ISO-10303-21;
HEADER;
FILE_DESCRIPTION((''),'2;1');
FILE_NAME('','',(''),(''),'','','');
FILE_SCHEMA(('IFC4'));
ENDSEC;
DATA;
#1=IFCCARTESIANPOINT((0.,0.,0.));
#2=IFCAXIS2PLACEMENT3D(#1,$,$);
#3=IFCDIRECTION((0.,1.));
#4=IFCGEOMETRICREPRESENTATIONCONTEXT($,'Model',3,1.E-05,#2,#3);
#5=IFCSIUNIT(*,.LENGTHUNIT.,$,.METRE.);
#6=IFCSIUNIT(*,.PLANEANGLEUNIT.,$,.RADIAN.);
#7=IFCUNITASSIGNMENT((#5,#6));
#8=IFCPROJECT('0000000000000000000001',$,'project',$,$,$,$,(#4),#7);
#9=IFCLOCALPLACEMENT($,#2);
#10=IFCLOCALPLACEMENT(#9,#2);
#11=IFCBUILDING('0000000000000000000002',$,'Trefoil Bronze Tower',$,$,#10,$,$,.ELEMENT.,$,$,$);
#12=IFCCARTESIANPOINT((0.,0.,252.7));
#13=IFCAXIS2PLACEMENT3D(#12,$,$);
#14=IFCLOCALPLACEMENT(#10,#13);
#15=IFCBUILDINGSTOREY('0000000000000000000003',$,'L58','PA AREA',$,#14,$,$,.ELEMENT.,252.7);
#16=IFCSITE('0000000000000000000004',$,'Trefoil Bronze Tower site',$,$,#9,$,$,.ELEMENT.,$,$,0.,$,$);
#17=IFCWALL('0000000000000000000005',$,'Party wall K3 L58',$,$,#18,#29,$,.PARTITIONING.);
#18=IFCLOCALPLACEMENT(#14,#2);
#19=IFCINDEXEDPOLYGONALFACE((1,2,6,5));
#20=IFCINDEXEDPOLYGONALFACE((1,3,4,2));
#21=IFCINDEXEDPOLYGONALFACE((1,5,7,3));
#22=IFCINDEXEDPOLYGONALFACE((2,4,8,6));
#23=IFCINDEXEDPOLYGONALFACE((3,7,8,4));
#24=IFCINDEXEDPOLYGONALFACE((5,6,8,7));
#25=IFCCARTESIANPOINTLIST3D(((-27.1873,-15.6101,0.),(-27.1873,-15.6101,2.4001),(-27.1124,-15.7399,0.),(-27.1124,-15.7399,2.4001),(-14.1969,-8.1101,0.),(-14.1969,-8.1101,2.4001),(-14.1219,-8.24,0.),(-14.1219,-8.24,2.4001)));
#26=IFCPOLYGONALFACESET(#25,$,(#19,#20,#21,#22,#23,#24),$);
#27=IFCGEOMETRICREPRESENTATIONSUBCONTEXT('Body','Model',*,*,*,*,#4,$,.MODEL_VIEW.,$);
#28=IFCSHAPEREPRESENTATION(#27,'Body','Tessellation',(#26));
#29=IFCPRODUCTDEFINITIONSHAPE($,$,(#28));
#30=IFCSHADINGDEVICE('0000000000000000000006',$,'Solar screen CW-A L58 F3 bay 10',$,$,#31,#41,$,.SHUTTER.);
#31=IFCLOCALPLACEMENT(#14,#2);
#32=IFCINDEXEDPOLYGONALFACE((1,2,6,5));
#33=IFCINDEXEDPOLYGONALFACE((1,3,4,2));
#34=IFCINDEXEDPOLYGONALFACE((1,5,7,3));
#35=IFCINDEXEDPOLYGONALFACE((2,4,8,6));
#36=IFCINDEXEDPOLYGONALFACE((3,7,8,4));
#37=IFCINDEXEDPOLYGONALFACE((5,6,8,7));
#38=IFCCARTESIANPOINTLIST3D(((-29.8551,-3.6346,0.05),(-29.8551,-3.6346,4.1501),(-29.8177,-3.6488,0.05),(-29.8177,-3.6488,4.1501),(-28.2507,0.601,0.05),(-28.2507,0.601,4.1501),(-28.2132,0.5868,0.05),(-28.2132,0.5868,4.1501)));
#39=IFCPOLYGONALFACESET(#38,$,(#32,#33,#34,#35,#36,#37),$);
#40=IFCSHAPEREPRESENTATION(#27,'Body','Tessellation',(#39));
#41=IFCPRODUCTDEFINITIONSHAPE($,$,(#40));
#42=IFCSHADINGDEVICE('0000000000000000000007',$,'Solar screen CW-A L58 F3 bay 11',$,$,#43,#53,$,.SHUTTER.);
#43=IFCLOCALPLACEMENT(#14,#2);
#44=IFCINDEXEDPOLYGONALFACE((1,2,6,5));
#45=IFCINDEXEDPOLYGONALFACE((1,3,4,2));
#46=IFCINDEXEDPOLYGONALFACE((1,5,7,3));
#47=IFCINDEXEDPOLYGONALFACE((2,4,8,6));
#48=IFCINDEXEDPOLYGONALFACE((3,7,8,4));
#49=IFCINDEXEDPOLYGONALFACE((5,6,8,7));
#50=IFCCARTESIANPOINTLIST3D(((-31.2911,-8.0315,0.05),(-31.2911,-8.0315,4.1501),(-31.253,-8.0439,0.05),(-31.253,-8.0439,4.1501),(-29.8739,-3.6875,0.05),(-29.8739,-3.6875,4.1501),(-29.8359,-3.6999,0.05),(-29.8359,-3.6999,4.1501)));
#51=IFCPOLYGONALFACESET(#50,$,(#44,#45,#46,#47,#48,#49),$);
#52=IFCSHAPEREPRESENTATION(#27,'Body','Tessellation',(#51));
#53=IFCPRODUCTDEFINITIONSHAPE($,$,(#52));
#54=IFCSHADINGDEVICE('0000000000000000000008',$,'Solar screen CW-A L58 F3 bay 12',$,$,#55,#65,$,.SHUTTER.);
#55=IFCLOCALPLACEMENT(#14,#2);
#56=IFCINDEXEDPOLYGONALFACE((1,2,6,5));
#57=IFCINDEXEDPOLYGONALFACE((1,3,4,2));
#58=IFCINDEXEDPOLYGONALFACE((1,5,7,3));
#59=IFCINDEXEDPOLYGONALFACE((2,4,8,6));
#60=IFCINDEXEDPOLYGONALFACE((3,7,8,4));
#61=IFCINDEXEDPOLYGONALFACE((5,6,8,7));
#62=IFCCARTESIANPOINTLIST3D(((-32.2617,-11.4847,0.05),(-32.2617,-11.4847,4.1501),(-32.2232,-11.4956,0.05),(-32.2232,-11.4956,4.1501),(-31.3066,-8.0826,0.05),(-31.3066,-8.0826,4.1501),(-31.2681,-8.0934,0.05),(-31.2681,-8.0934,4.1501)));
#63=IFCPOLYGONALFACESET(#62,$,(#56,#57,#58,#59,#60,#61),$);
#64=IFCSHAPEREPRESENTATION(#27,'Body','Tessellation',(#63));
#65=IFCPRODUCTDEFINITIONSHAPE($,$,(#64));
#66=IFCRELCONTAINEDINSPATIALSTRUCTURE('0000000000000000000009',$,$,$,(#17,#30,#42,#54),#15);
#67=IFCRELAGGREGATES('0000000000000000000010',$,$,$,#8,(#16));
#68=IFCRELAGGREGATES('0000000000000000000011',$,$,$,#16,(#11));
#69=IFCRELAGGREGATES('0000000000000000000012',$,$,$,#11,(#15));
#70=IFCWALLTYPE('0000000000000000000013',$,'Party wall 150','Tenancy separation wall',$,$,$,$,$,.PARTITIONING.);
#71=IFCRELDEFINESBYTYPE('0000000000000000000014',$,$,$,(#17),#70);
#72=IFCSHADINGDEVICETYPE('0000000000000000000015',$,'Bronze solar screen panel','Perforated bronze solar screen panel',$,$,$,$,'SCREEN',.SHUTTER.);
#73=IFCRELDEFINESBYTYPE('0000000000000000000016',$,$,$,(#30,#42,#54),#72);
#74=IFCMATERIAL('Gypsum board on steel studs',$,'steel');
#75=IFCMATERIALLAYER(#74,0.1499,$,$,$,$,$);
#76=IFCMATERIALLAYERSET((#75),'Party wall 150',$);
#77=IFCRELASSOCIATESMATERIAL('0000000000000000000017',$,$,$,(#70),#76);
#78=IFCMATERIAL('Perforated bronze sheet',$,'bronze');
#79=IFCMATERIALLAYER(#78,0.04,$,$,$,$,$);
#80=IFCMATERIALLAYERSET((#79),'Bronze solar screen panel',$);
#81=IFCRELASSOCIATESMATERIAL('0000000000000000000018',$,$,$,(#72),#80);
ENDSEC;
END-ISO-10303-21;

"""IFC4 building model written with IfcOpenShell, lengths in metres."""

from ifc_helpers import new_model, si_unit, direction, frame, frame_2d, origin, origin_2d, place, context, subcontext, project, spatial, rectangle, extrude, material, layer, layer_set, type_object, element, save


model = new_model("IFC4")

# Units and contexts
model_context = context("Model", 3, precision=1e-05, world=origin(), true_north=direction((0.0, 1.0)))
body_context = subcontext(model_context, "Body", "Model", "MODEL_VIEW")
ifc_project = project(units=[si_unit("LENGTHUNIT", "METRE"), si_unit("PLANEANGLEUNIT", "RADIAN")], contexts=[model_context])

# Site, building, storey
site_placement = place(None, origin())
site = spatial("IfcSite", under=ifc_project, at=site_placement, Name="Trefoil Bronze Tower site", CompositionType="ELEMENT", RefElevation=0.0)
building_placement = place(site_placement, origin())
building = spatial("IfcBuilding", under=site, at=building_placement, Name="Trefoil Bronze Tower", CompositionType="ELEMENT")
storey_placement = place(building_placement, frame((0.0, 0.0, 252.7)))
storey = spatial("IfcBuildingStorey", under=building, at=storey_placement, Name="L58", Description="PA AREA", CompositionType="ELEMENT", Elevation=252.7)

# Wall
ifc_material_1 = material(Name="Gypsum board on steel studs", Category="steel")
ifc_layer_1 = layer(ifc_material_1, 0.1499)
ifc_layer_set_1 = layer_set([ifc_layer_1], Name="Party wall 150")
wall_type_1 = type_object("IfcWallType", Name="Party wall 150", Description="Tenancy separation wall", PredefinedType="PARTITIONING", material=ifc_layer_set_1)
wall_1_placement = place(storey_placement, frame((-14.1594, -8.175, 0.0), z_axis=(0.0, 0.0, 1.0), x_axis=(-0.866027, -0.499997, 0.0)))
element("IfcWall", 1, at=wall_1_placement, inside=storey, type_object=wall_type_1, Name="Party wall K3 L58", PredefinedType="PARTITIONING", context=body_context, shape_type="SweptSolid", body=[
    extrude(rectangle(XDim=15.0, YDim=0.1499, at=frame_2d((7.5, 0.0))), origin(), (0.0, 0.0, 1.0), 2.4001),
])

# Shading devices
ifc_material_2 = material(Name="Perforated bronze sheet", Category="bronze")
ifc_layer_2 = layer(ifc_material_2, 0.04)
ifc_layer_set_2 = layer_set([ifc_layer_2], Name="Bronze solar screen panel")
shading_device_type = type_object("IfcShadingDeviceType", Name="Bronze solar screen panel", Description="Perforated bronze solar screen panel", ElementType="SCREEN", PredefinedType="SHUTTER", material=ifc_layer_set_2)
shading_device_1_placement = place(storey_placement, frame((-29.0342, -1.5239, 0.05), z_axis=(0.0, 0.0, 1.0), x_axis=(-0.354234, -0.935157, 0.0)))
element("IfcShadingDevice", 2, at=shading_device_1_placement, inside=storey, type_object=shading_device_type, Name="Solar screen CW-A L58 F3 bay 10", PredefinedType="SHUTTER", context=body_context, shape_type="SweptSolid", body=[
    extrude(rectangle(XDim=4.5293, YDim=0.04, at=origin_2d()), origin(), (0.0, 0.0, 1.0), 4.1001),
])
shading_device_2_placement = place(storey_placement, frame((-30.5635, -5.8657, 0.05), z_axis=(0.0, 0.0, 1.0), x_axis=(-0.310149, -0.950688, 0.0)))
element("IfcShadingDevice", 3, at=shading_device_2_placement, inside=storey, type_object=shading_device_type, Name="Solar screen CW-A L58 F3 bay 11", PredefinedType="SHUTTER", context=body_context, shape_type="SweptSolid", body=[
    extrude(rectangle(XDim=4.5693, YDim=0.04, at=origin_2d()), origin(), (0.0, 0.0, 1.0), 4.1001),
])
shading_device_3_placement = place(storey_placement, frame((-31.7649, -9.7891, 0.05), z_axis=(0.0, 0.0, 1.0), x_axis=(-0.270282, -0.962781, 0.0)))
element("IfcShadingDevice", 4, at=shading_device_3_placement, inside=storey, type_object=shading_device_type, Name="Solar screen CW-A L58 F3 bay 12", PredefinedType="SHUTTER", context=body_context, shape_type="SweptSolid", body=[
    extrude(rectangle(XDim=3.5337, YDim=0.04, at=origin_2d()), origin(), (0.0, 0.0, 1.0), 4.1001),
])

save(model, "model.ifc")
